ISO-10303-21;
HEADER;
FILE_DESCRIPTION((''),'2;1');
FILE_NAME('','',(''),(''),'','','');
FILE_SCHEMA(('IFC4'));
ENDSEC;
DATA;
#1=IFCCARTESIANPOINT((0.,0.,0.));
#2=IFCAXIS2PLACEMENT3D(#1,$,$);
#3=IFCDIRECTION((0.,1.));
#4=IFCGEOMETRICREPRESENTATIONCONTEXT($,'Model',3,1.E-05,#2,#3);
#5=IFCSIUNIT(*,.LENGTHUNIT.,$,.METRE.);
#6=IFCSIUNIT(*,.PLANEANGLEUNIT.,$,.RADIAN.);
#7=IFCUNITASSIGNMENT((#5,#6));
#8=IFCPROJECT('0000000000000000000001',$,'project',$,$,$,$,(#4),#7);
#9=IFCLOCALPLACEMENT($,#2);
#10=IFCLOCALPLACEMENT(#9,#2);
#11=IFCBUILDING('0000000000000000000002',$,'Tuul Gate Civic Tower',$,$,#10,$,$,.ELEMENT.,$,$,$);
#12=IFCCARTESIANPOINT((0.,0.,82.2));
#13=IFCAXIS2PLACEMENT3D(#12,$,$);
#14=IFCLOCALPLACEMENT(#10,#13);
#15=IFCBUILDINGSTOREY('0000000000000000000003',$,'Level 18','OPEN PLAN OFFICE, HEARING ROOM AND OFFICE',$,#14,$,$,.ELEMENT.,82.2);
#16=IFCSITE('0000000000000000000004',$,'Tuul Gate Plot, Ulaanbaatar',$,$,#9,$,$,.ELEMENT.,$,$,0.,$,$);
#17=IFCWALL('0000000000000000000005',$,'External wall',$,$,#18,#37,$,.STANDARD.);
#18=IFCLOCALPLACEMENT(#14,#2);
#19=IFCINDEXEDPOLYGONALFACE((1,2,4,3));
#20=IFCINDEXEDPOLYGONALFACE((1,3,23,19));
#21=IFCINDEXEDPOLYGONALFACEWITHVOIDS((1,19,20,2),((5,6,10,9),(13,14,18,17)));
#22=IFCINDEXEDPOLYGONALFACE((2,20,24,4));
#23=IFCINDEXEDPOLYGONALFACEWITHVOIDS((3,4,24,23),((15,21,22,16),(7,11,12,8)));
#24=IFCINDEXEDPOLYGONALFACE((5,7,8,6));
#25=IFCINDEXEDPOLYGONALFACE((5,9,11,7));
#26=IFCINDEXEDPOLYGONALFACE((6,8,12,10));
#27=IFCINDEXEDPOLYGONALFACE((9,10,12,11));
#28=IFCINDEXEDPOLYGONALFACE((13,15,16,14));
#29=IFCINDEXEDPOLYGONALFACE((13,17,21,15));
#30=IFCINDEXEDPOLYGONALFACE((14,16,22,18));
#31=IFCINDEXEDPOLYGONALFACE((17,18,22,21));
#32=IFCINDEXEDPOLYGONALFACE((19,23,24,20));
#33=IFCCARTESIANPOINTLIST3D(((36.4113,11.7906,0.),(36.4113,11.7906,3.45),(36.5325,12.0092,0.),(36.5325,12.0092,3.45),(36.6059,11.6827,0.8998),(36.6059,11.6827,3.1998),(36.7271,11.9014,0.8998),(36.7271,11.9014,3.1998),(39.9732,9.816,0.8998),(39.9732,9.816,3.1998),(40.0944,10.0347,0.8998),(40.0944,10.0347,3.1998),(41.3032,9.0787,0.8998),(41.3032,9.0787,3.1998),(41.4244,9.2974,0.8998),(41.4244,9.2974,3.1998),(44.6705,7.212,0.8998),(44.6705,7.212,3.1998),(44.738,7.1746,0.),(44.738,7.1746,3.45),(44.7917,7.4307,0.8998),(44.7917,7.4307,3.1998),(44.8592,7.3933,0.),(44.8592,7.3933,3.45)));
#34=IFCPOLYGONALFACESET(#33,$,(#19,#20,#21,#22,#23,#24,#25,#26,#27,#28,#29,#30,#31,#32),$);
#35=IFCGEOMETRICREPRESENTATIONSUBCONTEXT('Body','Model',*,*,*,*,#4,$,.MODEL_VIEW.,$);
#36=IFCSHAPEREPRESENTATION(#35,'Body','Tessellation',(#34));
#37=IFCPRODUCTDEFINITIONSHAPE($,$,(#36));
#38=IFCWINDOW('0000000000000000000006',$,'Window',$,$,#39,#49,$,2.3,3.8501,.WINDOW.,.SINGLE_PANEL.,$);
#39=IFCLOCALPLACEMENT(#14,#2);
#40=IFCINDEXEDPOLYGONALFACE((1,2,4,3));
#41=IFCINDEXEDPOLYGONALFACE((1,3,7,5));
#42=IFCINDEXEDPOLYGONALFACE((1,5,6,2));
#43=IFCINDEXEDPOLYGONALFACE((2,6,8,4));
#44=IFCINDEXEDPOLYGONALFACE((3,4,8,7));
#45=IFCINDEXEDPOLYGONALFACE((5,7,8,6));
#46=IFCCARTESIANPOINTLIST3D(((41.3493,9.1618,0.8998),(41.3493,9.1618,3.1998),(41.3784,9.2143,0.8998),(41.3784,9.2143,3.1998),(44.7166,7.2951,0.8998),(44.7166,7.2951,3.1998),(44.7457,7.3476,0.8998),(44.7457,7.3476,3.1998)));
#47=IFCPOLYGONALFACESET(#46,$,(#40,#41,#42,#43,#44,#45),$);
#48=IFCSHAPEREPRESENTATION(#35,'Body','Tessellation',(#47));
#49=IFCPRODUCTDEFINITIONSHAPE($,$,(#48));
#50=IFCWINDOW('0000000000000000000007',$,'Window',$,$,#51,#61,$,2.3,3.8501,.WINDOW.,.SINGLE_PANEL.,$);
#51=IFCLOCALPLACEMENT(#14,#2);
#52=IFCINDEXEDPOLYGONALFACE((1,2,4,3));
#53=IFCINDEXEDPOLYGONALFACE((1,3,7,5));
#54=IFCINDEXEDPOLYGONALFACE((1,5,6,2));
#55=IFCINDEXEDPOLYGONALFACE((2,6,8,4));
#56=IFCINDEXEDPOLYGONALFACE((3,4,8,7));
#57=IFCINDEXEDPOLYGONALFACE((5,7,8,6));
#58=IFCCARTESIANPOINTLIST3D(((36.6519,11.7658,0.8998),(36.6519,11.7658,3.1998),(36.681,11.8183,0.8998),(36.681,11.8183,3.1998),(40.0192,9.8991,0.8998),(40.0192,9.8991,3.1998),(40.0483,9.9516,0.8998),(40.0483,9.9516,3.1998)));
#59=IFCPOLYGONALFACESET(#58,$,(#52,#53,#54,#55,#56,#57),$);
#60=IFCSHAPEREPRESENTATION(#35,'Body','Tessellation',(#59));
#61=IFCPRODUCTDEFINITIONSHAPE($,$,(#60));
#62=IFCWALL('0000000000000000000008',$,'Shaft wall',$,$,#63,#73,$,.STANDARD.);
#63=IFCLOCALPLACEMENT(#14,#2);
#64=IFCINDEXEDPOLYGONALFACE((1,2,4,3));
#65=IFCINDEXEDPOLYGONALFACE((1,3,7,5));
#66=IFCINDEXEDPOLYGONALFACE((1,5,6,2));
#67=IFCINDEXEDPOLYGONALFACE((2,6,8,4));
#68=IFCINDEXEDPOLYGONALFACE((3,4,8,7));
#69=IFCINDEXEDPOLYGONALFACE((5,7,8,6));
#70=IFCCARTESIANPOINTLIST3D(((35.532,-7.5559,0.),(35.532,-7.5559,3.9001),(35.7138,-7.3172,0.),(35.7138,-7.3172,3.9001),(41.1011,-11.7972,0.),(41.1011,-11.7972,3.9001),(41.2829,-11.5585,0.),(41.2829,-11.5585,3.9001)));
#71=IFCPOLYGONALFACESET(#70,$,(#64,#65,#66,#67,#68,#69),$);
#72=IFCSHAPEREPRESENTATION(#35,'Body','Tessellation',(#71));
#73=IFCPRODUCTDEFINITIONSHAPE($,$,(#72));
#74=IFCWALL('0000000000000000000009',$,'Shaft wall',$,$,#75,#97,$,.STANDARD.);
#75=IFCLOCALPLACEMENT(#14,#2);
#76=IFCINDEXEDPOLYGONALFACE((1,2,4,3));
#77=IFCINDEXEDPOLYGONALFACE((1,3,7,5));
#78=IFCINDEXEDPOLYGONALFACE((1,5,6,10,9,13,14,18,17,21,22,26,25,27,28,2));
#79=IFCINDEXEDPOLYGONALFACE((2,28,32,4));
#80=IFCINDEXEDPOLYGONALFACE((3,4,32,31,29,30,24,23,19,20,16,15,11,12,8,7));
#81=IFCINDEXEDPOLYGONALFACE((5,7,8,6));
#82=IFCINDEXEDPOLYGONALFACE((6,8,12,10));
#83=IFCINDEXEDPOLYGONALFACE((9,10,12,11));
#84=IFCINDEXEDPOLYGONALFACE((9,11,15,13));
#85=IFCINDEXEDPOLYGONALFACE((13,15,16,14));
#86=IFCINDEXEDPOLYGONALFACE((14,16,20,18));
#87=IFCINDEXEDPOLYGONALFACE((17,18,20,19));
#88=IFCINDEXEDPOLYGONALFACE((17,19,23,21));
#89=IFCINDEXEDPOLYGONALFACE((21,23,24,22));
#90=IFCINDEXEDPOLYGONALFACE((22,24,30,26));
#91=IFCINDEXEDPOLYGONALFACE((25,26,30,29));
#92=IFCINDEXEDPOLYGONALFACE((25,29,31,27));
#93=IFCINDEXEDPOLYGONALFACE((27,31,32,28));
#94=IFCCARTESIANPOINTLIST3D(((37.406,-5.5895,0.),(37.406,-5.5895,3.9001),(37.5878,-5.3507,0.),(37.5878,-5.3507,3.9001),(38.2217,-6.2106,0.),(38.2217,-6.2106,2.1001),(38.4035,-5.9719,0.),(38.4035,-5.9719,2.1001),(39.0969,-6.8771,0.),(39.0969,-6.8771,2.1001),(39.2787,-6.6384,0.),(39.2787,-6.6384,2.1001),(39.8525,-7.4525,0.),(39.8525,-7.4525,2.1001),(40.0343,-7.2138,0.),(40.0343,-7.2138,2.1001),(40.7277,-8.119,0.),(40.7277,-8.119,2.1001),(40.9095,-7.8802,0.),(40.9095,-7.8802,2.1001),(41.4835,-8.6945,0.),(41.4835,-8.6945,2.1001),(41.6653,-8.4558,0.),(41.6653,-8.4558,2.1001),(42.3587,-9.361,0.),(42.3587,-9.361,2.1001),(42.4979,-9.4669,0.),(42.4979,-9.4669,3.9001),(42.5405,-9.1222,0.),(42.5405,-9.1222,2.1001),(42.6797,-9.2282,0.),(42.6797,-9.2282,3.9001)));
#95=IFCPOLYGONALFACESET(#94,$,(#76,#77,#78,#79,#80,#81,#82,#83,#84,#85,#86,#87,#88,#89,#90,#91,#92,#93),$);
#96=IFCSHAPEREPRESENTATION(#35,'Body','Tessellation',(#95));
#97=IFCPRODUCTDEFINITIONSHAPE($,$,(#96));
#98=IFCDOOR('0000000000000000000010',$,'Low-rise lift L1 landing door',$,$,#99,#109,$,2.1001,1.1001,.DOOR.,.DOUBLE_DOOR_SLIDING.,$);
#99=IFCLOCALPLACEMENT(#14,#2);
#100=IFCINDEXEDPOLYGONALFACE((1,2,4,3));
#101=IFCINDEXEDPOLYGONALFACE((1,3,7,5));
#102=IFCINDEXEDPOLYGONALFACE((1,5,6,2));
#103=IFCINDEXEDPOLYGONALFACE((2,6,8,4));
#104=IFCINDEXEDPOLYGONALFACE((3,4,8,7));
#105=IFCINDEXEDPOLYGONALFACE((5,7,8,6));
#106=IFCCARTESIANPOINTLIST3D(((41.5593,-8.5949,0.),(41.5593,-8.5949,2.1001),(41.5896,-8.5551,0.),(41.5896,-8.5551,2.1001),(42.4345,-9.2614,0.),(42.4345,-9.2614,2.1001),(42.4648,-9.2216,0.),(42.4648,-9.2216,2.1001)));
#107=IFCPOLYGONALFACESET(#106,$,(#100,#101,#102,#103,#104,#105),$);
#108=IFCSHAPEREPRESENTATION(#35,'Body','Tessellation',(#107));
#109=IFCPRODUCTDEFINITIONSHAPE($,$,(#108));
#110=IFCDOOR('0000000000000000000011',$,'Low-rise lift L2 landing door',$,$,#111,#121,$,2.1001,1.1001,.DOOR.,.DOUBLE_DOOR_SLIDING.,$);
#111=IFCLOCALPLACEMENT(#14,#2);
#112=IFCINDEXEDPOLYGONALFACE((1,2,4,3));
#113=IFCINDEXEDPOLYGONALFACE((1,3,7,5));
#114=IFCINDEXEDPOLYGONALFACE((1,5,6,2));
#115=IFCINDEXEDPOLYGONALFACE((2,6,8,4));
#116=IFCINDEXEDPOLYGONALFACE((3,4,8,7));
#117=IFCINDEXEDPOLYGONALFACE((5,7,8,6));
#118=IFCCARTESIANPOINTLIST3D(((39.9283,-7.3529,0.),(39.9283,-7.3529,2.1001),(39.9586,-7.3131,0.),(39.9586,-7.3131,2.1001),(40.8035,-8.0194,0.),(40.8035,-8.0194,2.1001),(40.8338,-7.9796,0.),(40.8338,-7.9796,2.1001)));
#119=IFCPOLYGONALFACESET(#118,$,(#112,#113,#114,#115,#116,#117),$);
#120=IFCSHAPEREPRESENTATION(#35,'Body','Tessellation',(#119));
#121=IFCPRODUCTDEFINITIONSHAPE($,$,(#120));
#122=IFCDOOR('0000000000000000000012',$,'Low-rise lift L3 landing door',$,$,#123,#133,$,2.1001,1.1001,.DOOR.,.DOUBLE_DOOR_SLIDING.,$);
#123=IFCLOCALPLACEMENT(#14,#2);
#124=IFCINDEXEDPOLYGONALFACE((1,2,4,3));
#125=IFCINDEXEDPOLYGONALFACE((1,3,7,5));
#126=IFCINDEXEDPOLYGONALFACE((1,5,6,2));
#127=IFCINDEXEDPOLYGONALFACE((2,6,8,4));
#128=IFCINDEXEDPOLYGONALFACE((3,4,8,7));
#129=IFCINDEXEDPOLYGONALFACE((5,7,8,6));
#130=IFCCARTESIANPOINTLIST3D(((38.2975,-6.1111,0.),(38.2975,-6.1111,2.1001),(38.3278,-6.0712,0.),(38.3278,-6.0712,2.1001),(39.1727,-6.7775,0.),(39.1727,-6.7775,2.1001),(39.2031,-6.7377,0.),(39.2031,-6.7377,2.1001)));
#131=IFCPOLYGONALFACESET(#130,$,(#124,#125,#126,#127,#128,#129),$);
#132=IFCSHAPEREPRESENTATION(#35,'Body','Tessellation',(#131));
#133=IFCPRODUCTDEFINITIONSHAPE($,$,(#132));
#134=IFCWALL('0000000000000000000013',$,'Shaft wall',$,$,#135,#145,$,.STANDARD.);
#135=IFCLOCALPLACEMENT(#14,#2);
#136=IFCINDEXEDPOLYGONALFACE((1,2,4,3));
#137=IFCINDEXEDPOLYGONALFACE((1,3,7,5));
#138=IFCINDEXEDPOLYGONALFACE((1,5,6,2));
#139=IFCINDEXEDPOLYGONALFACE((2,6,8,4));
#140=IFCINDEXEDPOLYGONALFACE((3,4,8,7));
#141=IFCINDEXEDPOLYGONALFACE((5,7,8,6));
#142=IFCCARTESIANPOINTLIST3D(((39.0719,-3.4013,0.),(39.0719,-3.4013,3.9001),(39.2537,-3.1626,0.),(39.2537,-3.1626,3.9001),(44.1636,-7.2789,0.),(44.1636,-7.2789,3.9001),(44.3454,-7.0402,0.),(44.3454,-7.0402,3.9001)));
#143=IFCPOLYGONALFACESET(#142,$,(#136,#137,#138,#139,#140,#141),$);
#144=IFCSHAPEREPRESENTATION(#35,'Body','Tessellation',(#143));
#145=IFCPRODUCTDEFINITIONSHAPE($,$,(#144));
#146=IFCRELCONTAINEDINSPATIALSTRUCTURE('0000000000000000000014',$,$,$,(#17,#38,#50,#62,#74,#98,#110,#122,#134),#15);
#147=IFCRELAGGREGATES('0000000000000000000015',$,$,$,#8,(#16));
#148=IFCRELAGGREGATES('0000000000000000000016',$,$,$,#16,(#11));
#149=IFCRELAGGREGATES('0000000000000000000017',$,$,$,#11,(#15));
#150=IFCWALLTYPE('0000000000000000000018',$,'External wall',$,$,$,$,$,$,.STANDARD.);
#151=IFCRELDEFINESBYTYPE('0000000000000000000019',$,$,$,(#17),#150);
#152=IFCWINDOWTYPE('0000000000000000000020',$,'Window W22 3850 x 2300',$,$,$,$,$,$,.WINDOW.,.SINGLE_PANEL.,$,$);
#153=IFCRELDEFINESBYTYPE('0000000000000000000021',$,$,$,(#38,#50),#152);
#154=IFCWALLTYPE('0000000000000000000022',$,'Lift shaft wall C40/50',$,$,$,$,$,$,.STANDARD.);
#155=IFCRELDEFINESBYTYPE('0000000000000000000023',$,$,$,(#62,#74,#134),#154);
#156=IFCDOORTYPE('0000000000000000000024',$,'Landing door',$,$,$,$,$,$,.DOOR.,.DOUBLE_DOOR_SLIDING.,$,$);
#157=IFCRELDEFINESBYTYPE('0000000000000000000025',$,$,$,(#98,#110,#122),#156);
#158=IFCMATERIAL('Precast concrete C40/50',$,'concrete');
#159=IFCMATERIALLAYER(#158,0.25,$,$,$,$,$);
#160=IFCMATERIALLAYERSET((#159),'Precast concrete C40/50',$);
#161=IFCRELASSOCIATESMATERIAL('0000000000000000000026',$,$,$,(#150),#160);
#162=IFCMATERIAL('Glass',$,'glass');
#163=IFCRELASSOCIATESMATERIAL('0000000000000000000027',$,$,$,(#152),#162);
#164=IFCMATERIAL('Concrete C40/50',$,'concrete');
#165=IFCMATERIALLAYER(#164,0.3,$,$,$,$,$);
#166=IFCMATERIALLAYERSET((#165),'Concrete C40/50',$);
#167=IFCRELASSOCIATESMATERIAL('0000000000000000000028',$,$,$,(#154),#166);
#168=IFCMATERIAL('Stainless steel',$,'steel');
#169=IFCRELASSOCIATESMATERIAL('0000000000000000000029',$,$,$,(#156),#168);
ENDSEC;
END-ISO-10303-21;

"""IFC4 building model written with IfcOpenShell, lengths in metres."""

from ifc_helpers import new_model, si_unit, direction, frame, frame_2d, origin, place, context, subcontext, project, spatial, rectangle, extrude, material, layer, layer_set, type_object, element, fill, save


model = new_model("IFC4")

# Units and contexts
model_context = context("Model", 3, precision=1e-05, world=origin(), true_north=direction((0.0, 1.0)))
body_context = subcontext(model_context, "Body", "Model", "MODEL_VIEW")
ifc_project = project(units=[si_unit("LENGTHUNIT", "METRE"), si_unit("PLANEANGLEUNIT", "RADIAN")], contexts=[model_context])

# Site, building, storey
site_placement = place(None, origin())
site = spatial("IfcSite", under=ifc_project, at=site_placement, Name="Tuul Gate Plot, Ulaanbaatar", CompositionType="ELEMENT", RefElevation=0.0)
building_placement = place(site_placement, origin())
building = spatial("IfcBuilding", under=site, at=building_placement, Name="Tuul Gate Civic Tower", CompositionType="ELEMENT")
storey_placement = place(building_placement, frame((0.0, 0.0, 82.2)))
storey = spatial("IfcBuildingStorey", under=building, at=storey_placement, Name="Level 18", Description="OPEN PLAN OFFICE, HEARING ROOM AND OFFICE", CompositionType="ELEMENT", Elevation=82.2)

# Wall, openings, windows
ifc_material_1 = material(Name="Precast concrete C40/50", Category="concrete")
ifc_layer_1 = layer(ifc_material_1, 0.25)
ifc_layer_set_1 = layer_set([ifc_layer_1], Name="Precast concrete C40/50")
wall_type_1 = type_object("IfcWallType", Name="External wall", PredefinedType="STANDARD", material=ifc_layer_set_1)
wall_1_placement = place(storey_placement, frame((44.7986, 7.2839, 0.0), z_axis=(0.0, 0.0, 1.0), x_axis=(-0.874601, 0.484844, 0.0)))
wall_1 = element("IfcWall", 1, at=wall_1_placement, inside=storey, type_object=wall_type_1, Name="External wall", PredefinedType="STANDARD", context=body_context, shape_type="SweptSolid", body=[
    extrude(rectangle(XDim=9.5205, YDim=0.25, at=frame_2d((4.7603, 0.0))), origin(), (0.0, 0.0, 1.0), 3.45),
])
opening_1_placement = place(wall_1_placement, frame((0.0771, 0.0, 0.8999)))
opening_1 = element("IfcOpeningElement", 2, at=opening_1_placement, cuts=wall_1, PredefinedType="OPENING", context=body_context, shape_type="SweptSolid", body=[
    extrude(rectangle(XDim=3.8501, YDim=2.3, at=frame_2d((1.925, 1.1499))), frame((0.0, 0.135, 0.0), z_axis=(0.0, -1.0, 0.0), x_axis=(1.0, 0.0, 0.0)), (0.0, 0.0, 1.0), 0.27),
])
opening_2_placement = place(wall_1_placement, frame((5.448, 0.0, 0.8999)))
opening_2 = element("IfcOpeningElement", 3, at=opening_2_placement, cuts=wall_1, PredefinedType="OPENING", context=body_context, shape_type="SweptSolid", body=[
    extrude(rectangle(XDim=3.8501, YDim=2.3, at=frame_2d((1.925, 1.1499))), frame((0.0, 0.135, 0.0), z_axis=(0.0, -1.0, 0.0), x_axis=(1.0, 0.0, 0.0)), (0.0, 0.0, 1.0), 0.27),
])
ifc_material_2 = material(Name="Glass", Category="glass")
window_type = type_object("IfcWindowType", Name="Window W22 3850 x 2300", PartitioningType="SINGLE_PANEL", PredefinedType="WINDOW", material=ifc_material_2)
window_1_placement = place(opening_1_placement, origin())
window_1 = element("IfcWindow", 4, at=window_1_placement, inside=storey, type_object=window_type, Name="Window", OverallHeight=2.3, OverallWidth=3.8501, PartitioningType="SINGLE_PANEL", PredefinedType="WINDOW", context=body_context, shape_type="SweptSolid", body=[
    extrude(rectangle(XDim=3.8501, YDim=2.3, at=frame_2d((1.925, 1.1499))), frame((0.0, 0.03, 0.0), z_axis=(0.0, -1.0, 0.0), x_axis=(1.0, 0.0, 0.0)), (0.0, 0.0, 1.0), 0.0601),
])
fill(opening_1, window_1)
window_2_placement = place(opening_2_placement, origin())
window_2 = element("IfcWindow", 5, at=window_2_placement, inside=storey, type_object=window_type, Name="Window", OverallHeight=2.3, OverallWidth=3.8501, PartitioningType="SINGLE_PANEL", PredefinedType="WINDOW", context=body_context, shape_type="SweptSolid", body=[
    extrude(rectangle(XDim=3.8501, YDim=2.3, at=frame_2d((1.925, 1.1499))), frame((0.0, 0.03, 0.0), z_axis=(0.0, -1.0, 0.0), x_axis=(1.0, 0.0, 0.0)), (0.0, 0.0, 1.0), 0.0601),
])
fill(opening_2, window_2)

# Wall
ifc_material_3 = material(Name="Concrete C40/50", Category="concrete")
ifc_layer_2 = layer(ifc_material_3, 0.3)
ifc_layer_set_2 = layer_set([ifc_layer_2], Name="Concrete C40/50")
wall_type_2 = type_object("IfcWallType", Name="Lift shaft wall C40/50", PredefinedType="STANDARD", material=ifc_layer_set_2)
wall_2_placement = place(storey_placement, frame((41.1919, -11.6777, 0.0), z_axis=(0.0, 0.0, 1.0), x_axis=(-0.795563, 0.605871, 0.0)))
element("IfcWall", 6, at=wall_2_placement, inside=storey, type_object=wall_type_2, Name="Shaft wall", PredefinedType="STANDARD", context=body_context, shape_type="SweptSolid", body=[
    extrude(rectangle(XDim=7.0002, YDim=0.3, at=frame_2d((3.5, 0.0))), origin(), (0.0, 0.0, 1.0), 3.9001),
])

# Wall, openings, doors
wall_3_placement = place(storey_placement, frame((42.5889, -9.3477, 0.0), z_axis=(0.0, 0.0, 1.0), x_axis=(-0.795584, 0.605843, 0.0)))
wall_3 = element("IfcWall", 7, at=wall_3_placement, inside=storey, type_object=wall_type_2, Name="Shaft wall", PredefinedType="STANDARD", context=body_context, shape_type="SweptSolid", body=[
    extrude(rectangle(XDim=6.4001, YDim=0.3, at=frame_2d((3.2002, 0.0))), origin(), (0.0, 0.0, 1.0), 3.9001),
])
opening_3_placement = place(wall_3_placement, frame((0.175, 0.0, 0.0)))
opening_3 = element("IfcOpeningElement", 8, at=opening_3_placement, cuts=wall_3, PredefinedType="OPENING", context=body_context, shape_type="SweptSolid", body=[
    extrude(rectangle(XDim=1.1001, YDim=2.1001, at=frame_2d((0.55, 1.05))), frame((0.0, 0.1602, 0.0), z_axis=(0.0, -1.0, 0.0), x_axis=(1.0, 0.0, 0.0)), (0.0, 0.0, 1.0), 0.3201),
])
opening_4_placement = place(wall_3_placement, frame((2.2251, 0.0, 0.0)))
opening_4 = element("IfcOpeningElement", 9, at=opening_4_placement, cuts=wall_3, PredefinedType="OPENING", context=body_context, shape_type="SweptSolid", body=[
    extrude(rectangle(XDim=1.1001, YDim=2.1001, at=frame_2d((0.55, 1.05))), frame((0.0, 0.1602, 0.0), z_axis=(0.0, -1.0, 0.0), x_axis=(1.0, 0.0, 0.0)), (0.0, 0.0, 1.0), 0.3201),
])
opening_5_placement = place(wall_3_placement, frame((4.2749, 0.0, 0.0)))
opening_5 = element("IfcOpeningElement", 10, at=opening_5_placement, cuts=wall_3, PredefinedType="OPENING", context=body_context, shape_type="SweptSolid", body=[
    extrude(rectangle(XDim=1.1001, YDim=2.1001, at=frame_2d((0.55, 1.05))), frame((0.0, 0.1602, 0.0), z_axis=(0.0, -1.0, 0.0), x_axis=(1.0, 0.0, 0.0)), (0.0, 0.0, 1.0), 0.3201),
])
ifc_material_4 = material(Name="Stainless steel", Category="steel")
door_type_1 = type_object("IfcDoorType", Name="Landing door", OperationType="DOUBLE_DOOR_SLIDING", PredefinedType="DOOR", material=ifc_material_4)
door_1_placement = place(opening_3_placement, origin())
door_1 = element("IfcDoor", 11, at=door_1_placement, inside=storey, type_object=door_type_1, Name="Low-rise lift L1 landing door", OperationType="DOUBLE_DOOR_SLIDING", OverallHeight=2.1001, OverallWidth=1.1001, PredefinedType="DOOR", context=body_context, shape_type="SweptSolid", body=[
    extrude(rectangle(XDim=1.1001, YDim=2.1001, at=frame_2d((0.55, 1.05))), frame((0.0, 0.0249, 0.0), z_axis=(0.0, -1.0, 0.0), x_axis=(1.0, 0.0, 0.0)), (0.0, 0.0, 1.0), 0.05),
])
fill(opening_3, door_1)
door_2_placement = place(opening_4_placement, origin())
door_2 = element("IfcDoor", 12, at=door_2_placement, inside=storey, type_object=door_type_1, Name="Low-rise lift L2 landing door", OperationType="DOUBLE_DOOR_SLIDING", OverallHeight=2.1001, OverallWidth=1.1001, PredefinedType="DOOR", context=body_context, shape_type="SweptSolid", body=[
    extrude(rectangle(XDim=1.1001, YDim=2.1001, at=frame_2d((0.55, 1.05))), frame((0.0, 0.0249, 0.0), z_axis=(0.0, -1.0, 0.0), x_axis=(1.0, 0.0, 0.0)), (0.0, 0.0, 1.0), 0.05),
])
fill(opening_4, door_2)
door_3_placement = place(opening_5_placement, origin())
door_3 = element("IfcDoor", 13, at=door_3_placement, inside=storey, type_object=door_type_1, Name="Low-rise lift L3 landing door", OperationType="DOUBLE_DOOR_SLIDING", OverallHeight=2.1001, OverallWidth=1.1001, PredefinedType="DOOR", context=body_context, shape_type="SweptSolid", body=[
    extrude(rectangle(XDim=1.1001, YDim=2.1001, at=frame_2d((0.55, 1.05))), frame((0.0, 0.0249, 0.0), z_axis=(0.0, -1.0, 0.0), x_axis=(1.0, 0.0, 0.0)), (0.0, 0.0, 1.0), 0.05),
])
fill(opening_5, door_3)

# Wall
wall_4_placement = place(storey_placement, frame((44.2546, -7.1597, 0.0), z_axis=(0.0, 0.0, 1.0), x_axis=(-0.795566, 0.605867, 0.0)))
element("IfcWall", 14, at=wall_4_placement, inside=storey, type_object=wall_type_2, Name="Shaft wall", PredefinedType="STANDARD", context=body_context, shape_type="SweptSolid", body=[
    extrude(rectangle(XDim=6.4001, YDim=0.3, at=frame_2d((3.2002, 0.0))), origin(), (0.0, 0.0, 1.0), 3.9001),
])

save(model, "model.ifc")
